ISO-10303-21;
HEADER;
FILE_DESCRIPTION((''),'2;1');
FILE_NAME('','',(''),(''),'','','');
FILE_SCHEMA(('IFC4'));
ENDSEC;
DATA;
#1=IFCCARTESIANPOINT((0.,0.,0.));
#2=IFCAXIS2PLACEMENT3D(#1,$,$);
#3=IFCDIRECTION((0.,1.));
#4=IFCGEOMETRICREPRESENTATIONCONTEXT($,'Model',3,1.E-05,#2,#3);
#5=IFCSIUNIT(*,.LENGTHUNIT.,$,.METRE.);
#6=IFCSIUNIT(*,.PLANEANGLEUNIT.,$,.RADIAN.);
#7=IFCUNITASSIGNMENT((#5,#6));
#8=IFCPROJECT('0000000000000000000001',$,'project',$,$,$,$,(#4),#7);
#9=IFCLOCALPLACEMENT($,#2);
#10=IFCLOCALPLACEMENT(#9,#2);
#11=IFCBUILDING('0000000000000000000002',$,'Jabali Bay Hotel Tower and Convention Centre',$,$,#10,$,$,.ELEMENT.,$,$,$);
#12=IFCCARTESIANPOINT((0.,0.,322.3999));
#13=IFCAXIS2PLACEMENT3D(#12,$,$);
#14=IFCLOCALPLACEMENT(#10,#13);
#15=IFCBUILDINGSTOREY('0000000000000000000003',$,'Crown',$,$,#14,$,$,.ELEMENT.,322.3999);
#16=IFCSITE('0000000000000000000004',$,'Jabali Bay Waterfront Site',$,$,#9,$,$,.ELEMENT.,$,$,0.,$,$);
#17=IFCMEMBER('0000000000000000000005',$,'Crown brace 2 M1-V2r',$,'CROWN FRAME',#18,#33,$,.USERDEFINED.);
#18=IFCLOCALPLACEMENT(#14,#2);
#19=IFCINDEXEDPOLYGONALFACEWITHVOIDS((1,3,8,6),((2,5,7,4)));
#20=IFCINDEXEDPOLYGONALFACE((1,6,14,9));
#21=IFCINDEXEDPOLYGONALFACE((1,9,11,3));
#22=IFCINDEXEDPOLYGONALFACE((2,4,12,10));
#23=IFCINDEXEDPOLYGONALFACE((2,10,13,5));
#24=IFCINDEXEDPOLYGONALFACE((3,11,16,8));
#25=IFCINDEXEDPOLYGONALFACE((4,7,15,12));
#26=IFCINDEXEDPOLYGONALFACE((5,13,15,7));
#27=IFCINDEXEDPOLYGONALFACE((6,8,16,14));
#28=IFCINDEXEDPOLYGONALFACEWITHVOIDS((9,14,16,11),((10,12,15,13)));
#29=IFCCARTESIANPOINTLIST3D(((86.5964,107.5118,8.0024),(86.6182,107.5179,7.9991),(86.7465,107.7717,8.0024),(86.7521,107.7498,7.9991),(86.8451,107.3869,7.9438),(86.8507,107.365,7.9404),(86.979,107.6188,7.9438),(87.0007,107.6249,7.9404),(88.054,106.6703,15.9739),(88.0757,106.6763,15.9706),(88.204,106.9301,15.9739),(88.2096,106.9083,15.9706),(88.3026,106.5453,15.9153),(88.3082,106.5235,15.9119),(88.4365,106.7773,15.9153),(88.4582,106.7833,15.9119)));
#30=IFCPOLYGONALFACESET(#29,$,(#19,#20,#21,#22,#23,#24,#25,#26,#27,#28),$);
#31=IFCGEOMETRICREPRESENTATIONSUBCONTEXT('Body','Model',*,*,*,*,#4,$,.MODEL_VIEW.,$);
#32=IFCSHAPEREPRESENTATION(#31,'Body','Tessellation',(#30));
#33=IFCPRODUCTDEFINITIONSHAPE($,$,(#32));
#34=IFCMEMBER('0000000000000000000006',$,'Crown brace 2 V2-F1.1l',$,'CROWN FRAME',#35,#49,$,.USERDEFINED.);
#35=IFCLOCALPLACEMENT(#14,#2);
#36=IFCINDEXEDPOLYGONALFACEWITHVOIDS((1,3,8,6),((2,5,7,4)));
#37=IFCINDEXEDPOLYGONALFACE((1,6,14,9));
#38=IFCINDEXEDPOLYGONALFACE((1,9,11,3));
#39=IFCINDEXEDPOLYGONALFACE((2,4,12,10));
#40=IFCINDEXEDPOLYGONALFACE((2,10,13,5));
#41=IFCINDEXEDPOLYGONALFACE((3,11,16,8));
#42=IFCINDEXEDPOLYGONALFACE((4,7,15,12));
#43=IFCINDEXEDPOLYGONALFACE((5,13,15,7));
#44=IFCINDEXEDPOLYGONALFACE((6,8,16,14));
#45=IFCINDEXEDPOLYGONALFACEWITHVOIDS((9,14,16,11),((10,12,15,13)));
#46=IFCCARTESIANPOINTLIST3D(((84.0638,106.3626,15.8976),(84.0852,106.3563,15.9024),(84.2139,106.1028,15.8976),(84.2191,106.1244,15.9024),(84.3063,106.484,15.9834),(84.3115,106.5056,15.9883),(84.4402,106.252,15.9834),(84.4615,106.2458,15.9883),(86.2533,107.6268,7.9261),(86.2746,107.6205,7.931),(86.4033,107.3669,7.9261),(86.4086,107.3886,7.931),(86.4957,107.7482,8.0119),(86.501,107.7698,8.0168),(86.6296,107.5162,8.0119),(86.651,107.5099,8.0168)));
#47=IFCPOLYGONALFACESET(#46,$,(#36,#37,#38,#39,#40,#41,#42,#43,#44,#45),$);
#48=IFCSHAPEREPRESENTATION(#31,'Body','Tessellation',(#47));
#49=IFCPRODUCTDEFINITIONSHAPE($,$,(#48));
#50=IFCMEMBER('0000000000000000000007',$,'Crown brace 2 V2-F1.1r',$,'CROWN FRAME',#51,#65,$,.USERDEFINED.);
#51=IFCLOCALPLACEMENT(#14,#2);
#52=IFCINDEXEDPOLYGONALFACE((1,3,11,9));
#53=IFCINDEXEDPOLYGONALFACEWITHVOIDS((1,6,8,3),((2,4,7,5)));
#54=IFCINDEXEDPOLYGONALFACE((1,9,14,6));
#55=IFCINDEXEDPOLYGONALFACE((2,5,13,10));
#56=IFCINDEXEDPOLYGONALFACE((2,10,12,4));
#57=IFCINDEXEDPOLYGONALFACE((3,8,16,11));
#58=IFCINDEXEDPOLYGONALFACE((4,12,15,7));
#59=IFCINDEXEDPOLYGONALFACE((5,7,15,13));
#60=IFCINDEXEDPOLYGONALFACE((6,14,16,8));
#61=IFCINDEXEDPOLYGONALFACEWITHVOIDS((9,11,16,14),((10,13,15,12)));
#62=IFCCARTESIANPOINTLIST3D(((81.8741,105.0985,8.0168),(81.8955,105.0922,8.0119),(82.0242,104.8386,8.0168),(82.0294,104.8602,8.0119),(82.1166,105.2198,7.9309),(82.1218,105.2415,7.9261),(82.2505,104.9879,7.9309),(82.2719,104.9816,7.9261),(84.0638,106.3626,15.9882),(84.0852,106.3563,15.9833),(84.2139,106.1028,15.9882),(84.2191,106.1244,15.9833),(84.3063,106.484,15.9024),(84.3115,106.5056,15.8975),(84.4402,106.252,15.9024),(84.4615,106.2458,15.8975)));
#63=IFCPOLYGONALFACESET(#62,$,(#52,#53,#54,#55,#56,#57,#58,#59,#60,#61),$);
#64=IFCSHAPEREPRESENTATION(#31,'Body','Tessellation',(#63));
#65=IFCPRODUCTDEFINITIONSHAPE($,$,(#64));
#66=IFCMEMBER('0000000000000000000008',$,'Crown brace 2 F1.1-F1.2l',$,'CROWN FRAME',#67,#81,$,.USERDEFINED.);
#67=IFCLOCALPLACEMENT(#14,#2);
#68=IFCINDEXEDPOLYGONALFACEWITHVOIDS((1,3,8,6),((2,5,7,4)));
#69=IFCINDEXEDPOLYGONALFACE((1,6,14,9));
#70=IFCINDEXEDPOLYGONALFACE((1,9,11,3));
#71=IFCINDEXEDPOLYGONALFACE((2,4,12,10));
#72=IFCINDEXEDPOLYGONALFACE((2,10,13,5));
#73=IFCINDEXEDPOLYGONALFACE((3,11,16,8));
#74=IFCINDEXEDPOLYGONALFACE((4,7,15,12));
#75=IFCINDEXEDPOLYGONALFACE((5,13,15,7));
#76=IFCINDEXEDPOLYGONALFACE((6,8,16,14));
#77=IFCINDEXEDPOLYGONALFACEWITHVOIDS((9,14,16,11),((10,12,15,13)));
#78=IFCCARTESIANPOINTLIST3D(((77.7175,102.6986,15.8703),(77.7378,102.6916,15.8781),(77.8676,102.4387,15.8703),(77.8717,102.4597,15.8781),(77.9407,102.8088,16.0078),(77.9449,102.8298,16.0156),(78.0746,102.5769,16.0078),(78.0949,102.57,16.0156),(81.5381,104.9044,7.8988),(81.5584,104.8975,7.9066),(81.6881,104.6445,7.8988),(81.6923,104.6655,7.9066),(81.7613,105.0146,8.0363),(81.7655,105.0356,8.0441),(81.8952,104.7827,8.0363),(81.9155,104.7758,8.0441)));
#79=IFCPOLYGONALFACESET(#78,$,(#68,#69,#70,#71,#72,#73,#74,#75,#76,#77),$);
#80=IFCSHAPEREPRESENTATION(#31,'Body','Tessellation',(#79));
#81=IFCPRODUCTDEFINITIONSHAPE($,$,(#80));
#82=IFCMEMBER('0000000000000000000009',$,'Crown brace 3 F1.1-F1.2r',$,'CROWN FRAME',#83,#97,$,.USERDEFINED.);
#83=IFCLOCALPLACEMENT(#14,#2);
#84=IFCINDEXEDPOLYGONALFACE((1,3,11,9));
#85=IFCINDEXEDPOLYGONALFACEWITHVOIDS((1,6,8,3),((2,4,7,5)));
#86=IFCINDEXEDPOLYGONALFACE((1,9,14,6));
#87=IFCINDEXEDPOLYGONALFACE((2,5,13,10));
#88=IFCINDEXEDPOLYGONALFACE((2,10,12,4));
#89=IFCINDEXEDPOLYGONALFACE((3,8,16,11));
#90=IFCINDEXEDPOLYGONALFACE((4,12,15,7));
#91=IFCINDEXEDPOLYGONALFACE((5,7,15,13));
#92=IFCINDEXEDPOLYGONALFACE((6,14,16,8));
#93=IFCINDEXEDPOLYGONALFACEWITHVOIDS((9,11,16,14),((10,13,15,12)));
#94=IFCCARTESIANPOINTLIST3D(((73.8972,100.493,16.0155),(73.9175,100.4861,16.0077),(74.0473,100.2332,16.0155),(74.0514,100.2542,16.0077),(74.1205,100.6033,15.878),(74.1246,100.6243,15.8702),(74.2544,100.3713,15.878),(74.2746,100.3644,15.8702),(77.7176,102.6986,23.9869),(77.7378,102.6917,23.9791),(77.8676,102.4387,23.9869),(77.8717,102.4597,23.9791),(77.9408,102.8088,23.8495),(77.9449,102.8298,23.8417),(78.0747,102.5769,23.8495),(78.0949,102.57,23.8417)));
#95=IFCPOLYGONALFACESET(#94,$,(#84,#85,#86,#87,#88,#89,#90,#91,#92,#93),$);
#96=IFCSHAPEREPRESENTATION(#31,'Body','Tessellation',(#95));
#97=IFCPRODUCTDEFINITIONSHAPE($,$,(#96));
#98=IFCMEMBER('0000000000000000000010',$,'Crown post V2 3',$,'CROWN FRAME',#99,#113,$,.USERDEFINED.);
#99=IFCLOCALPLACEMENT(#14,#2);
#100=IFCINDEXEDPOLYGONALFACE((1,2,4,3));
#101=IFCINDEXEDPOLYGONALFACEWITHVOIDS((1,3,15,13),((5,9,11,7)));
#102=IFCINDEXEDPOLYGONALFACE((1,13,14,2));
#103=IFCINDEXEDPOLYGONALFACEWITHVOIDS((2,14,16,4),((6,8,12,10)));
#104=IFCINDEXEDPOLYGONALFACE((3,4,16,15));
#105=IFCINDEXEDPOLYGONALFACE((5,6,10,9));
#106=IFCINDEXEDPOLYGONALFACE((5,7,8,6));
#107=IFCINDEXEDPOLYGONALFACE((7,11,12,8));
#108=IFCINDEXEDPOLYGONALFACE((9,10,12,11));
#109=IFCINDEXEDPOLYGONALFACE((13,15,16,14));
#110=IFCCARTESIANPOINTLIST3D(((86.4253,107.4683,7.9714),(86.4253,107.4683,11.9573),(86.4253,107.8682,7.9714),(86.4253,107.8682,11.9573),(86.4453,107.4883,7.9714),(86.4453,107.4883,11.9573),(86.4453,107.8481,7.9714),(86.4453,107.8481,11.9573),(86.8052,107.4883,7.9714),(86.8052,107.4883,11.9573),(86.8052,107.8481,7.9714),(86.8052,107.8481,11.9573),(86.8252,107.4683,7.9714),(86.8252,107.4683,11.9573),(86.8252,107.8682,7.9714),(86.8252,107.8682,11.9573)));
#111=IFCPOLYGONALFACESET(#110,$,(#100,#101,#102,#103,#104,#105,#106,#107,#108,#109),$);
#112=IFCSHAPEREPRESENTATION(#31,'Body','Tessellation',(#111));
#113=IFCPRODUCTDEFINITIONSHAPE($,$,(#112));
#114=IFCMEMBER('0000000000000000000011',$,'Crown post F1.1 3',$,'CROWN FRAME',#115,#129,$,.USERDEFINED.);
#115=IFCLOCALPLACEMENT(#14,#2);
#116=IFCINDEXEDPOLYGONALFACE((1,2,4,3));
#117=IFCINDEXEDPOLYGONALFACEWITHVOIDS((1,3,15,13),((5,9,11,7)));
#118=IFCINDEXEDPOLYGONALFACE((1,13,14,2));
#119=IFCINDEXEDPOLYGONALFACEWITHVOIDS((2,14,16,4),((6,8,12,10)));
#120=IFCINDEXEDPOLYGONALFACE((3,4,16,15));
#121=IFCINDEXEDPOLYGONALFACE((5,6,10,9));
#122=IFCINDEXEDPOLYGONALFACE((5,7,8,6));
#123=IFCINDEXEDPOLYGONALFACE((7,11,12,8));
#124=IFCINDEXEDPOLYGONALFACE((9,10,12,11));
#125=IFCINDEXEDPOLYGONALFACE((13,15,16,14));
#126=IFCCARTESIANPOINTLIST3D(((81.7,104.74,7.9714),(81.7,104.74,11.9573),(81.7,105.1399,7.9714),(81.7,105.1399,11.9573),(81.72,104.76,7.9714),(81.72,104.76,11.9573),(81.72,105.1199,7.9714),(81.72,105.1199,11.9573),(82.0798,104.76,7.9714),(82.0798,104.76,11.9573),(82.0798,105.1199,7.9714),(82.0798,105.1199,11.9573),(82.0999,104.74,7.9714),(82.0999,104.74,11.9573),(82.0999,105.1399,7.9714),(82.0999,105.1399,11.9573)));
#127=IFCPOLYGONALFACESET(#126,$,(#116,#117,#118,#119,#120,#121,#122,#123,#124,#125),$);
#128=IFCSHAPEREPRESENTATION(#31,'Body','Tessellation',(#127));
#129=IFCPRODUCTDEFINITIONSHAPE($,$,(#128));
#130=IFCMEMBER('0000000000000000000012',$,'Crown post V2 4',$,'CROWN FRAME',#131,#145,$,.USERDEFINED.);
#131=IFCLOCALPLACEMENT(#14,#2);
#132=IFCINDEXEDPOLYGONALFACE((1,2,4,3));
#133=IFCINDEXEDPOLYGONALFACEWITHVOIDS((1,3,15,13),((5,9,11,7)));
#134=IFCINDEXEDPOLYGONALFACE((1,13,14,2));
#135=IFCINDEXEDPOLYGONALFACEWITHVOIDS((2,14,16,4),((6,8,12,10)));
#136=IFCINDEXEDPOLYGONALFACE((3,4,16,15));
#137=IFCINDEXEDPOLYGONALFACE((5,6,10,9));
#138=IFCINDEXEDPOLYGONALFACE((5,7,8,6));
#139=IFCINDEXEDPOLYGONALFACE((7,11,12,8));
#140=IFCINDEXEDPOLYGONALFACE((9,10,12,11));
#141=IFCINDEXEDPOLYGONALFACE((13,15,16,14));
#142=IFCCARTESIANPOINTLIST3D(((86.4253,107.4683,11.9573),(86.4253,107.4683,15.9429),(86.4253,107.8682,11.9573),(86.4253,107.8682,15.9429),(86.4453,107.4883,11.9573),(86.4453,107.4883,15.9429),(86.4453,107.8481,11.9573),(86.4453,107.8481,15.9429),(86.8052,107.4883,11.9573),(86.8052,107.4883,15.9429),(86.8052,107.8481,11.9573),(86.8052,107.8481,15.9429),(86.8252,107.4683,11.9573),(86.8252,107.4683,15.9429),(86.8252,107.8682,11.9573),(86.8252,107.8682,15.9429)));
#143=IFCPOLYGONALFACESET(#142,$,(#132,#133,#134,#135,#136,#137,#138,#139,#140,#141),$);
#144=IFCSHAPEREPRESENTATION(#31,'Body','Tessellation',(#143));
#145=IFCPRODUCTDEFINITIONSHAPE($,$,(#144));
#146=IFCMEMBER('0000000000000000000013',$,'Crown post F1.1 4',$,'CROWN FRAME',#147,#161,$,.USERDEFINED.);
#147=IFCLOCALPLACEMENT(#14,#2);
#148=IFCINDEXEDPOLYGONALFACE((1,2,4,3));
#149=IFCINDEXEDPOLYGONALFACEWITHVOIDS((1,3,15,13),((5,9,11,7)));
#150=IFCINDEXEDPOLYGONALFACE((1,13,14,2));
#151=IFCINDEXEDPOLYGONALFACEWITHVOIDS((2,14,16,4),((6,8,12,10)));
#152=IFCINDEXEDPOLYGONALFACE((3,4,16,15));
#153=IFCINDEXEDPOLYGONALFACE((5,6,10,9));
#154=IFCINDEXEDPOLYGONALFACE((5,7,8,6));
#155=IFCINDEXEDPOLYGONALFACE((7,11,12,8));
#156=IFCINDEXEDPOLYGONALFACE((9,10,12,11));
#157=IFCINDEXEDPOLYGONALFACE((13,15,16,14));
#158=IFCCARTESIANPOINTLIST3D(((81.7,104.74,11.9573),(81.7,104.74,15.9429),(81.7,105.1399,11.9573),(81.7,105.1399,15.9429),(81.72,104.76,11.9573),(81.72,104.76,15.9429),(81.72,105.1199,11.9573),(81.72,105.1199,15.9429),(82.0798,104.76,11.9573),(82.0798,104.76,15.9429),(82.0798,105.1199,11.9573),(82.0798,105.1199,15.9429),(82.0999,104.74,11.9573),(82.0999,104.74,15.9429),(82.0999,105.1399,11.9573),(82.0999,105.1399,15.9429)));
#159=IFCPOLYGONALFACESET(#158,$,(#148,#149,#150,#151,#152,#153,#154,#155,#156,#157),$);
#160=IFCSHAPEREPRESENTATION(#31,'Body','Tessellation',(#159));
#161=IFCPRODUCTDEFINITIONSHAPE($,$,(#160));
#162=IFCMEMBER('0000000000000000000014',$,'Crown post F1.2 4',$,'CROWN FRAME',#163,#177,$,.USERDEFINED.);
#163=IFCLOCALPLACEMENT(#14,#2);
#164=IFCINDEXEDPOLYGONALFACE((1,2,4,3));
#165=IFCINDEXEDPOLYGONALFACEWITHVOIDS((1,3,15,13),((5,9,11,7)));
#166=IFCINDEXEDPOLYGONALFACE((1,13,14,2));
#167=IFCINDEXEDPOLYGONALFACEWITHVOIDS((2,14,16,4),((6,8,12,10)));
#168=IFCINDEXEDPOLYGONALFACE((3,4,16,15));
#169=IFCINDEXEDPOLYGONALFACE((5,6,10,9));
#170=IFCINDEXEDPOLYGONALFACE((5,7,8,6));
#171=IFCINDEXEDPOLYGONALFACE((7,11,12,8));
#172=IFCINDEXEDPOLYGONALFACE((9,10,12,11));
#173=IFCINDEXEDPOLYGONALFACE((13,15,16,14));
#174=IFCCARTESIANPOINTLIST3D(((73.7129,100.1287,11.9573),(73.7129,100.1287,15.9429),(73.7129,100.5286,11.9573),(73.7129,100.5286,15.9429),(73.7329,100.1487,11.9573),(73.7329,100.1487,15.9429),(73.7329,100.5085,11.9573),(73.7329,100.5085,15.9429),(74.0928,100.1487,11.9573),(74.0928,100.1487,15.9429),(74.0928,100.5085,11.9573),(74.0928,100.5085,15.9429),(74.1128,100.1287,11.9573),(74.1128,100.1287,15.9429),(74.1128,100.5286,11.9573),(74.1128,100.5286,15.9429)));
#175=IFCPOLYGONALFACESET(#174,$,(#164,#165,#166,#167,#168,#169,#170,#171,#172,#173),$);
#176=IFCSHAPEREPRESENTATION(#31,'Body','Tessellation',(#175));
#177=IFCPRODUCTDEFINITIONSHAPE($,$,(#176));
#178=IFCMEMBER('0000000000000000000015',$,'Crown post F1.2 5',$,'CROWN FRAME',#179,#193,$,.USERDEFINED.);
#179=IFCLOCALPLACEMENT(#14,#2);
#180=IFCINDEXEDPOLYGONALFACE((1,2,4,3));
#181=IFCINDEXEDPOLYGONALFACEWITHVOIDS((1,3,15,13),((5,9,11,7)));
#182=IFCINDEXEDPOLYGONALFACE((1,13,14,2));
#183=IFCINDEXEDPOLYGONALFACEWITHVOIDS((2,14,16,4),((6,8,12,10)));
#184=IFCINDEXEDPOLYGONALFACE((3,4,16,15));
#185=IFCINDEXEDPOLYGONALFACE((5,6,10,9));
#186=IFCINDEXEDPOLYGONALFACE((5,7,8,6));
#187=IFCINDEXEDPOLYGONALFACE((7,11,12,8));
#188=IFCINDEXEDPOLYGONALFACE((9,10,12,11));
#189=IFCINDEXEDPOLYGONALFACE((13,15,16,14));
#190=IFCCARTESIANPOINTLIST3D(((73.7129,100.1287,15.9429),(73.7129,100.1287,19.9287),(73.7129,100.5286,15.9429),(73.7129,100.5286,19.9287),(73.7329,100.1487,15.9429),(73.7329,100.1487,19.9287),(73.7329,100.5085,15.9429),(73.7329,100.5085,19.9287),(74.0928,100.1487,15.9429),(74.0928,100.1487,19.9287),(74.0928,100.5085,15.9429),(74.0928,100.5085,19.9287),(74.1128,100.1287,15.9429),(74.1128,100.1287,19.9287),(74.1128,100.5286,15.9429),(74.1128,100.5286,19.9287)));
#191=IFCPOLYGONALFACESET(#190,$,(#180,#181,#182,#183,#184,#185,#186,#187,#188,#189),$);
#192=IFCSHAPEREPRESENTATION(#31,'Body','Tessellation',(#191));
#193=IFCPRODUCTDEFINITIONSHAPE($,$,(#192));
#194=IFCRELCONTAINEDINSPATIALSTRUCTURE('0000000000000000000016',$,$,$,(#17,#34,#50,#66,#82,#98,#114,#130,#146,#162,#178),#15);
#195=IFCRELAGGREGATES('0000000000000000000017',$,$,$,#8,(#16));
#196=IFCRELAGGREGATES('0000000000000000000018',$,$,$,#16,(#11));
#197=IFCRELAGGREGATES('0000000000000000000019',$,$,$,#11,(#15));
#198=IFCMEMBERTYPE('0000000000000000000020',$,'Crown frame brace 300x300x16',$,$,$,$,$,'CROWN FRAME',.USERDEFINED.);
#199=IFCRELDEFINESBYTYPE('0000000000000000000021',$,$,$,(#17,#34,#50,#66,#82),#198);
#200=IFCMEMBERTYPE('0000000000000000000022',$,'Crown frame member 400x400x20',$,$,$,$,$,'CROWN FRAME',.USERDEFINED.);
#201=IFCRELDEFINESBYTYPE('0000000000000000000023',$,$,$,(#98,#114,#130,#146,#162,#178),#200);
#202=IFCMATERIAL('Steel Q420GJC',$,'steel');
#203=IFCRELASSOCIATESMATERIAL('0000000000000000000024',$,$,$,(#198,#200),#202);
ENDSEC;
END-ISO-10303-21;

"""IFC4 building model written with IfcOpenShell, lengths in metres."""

from ifc_helpers import new_model, si_unit, direction, frame, origin, origin_2d, place, context, subcontext, project, spatial, hollow_rectangle, extrude, material, material_profile, profile_set, type_object, element, save


model = new_model("IFC4")

# Units and contexts
model_context = context("Model", 3, precision=1e-05, world=origin(), true_north=direction((0.0, 1.0)))
body_context = subcontext(model_context, "Body", "Model", "MODEL_VIEW")
ifc_project = project(units=[si_unit("LENGTHUNIT", "METRE"), si_unit("PLANEANGLEUNIT", "RADIAN")], contexts=[model_context])

# Site, building, storey
site_placement = place(None, origin())
site = spatial("IfcSite", under=ifc_project, at=site_placement, Name="Jabali Bay Waterfront Site", CompositionType="ELEMENT", RefElevation=0.0)
building_placement = place(site_placement, origin())
building = spatial("IfcBuilding", under=site, at=building_placement, Name="Jabali Bay Hotel Tower and Convention Centre", CompositionType="ELEMENT")
storey_placement = place(building_placement, frame((0.0, 0.0, 322.3999)))
storey = spatial("IfcBuildingStorey", under=building, at=storey_placement, Name="Crown", CompositionType="ELEMENT", Elevation=322.3999)

# Members
ifc_material_1 = material(Name="Steel Q420GJC", Category="steel")
ifc_material_profile_1 = material_profile(ifc_material_1, hollow_rectangle(XDim=0.3, YDim=0.3, WallThickness=0.0161, at=origin_2d()), Name="Crown frame brace 300x300x16")
ifc_profile_set_1 = profile_set([ifc_material_profile_1], Name="Steel Q420GJC")
member_type_1 = type_object("IfcMemberType", Name="Crown frame brace 300x300x16", ElementType="CROWN FRAME", PredefinedType="USERDEFINED", material=ifc_profile_set_1)
member_1_placement = place(storey_placement, frame((86.7986, 107.5684, 7.9714), z_axis=(0.178899, -0.103294, 0.97843), x_axis=(0.500024, 0.866012, 0.0)))
element("IfcMember", 1, at=member_1_placement, inside=storey, type_object=member_type_1, Name="Crown brace 2 M1-V2r", ObjectType="CROWN FRAME", PredefinedType="USERDEFINED", context=body_context, shape_type="SweptSolid", body=[
    extrude(hollow_rectangle(XDim=0.3, YDim=0.3, WallThickness=0.0161, at=origin_2d()), origin(), (0.0, 0.0, 1.0), 8.1472),
])
for number, where, z_axis, x_axis, name in (
    (2, (86.4521, 107.5684, 7.9714), (-0.26181, -0.151166, 0.953207), (0.500023, -0.866012, 0.0), "Crown brace 2 V2-F1.1l"),
    (3, (82.073, 105.04, 7.9714), (0.261837, 0.151164, 0.9532), (-0.499982, 0.866036, 0.0), "Crown brace 2 V2-F1.1r"),
):
    element("IfcMember", number, at=place(storey_placement, frame(where, z_axis=z_axis, x_axis=x_axis)), inside=storey, type_object=member_type_1, Name=name, ObjectType="CROWN FRAME", PredefinedType="USERDEFINED", context=body_context, shape_type="SweptSolid", body=[
        extrude(hollow_rectangle(XDim=0.3, YDim=0.3, WallThickness=0.0161, at=origin_2d()), origin(), (0.0, 0.0, 1.0), 8.3628),
    ])
member_2_placement = place(storey_placement, frame((81.7268, 104.8401, 7.9714), z_axis=(-0.419345, -0.24211, 0.874947), x_axis=(0.500002, -0.866024, 0.0)))
element("IfcMember", 4, at=member_2_placement, inside=storey, type_object=member_type_1, Name="Crown brace 2 F1.1-F1.2l", ObjectType="CROWN FRAME", PredefinedType="USERDEFINED", context=body_context, shape_type="SweptSolid", body=[
    extrude(hollow_rectangle(XDim=0.3, YDim=0.3, WallThickness=0.0161, at=origin_2d()), origin(), (0.0, 0.0, 1.0), 9.1108),
])
member_3_placement = place(storey_placement, frame((74.0859, 100.4287, 15.9429), z_axis=(0.419326, 0.242088, 0.874962), x_axis=(-0.499984, 0.866034, 0.0)))
element("IfcMember", 5, at=member_3_placement, inside=storey, type_object=member_type_1, Name="Crown brace 3 F1.1-F1.2r", ObjectType="CROWN FRAME", PredefinedType="USERDEFINED", context=body_context, shape_type="SweptSolid", body=[
    extrude(hollow_rectangle(XDim=0.3, YDim=0.3, WallThickness=0.0161, at=origin_2d()), origin(), (0.0, 0.0, 1.0), 9.1106),
])
ifc_material_profile_2 = material_profile(ifc_material_1, hollow_rectangle(XDim=0.3999, YDim=0.3999, WallThickness=0.02, at=origin_2d()), Name="Crown frame member 400x400x20")
ifc_profile_set_2 = profile_set([ifc_material_profile_2], Name="Steel Q420GJC")
member_type_2 = type_object("IfcMemberType", Name="Crown frame member 400x400x20", ElementType="CROWN FRAME", PredefinedType="USERDEFINED", material=ifc_profile_set_2)
for number, where, z_axis, x_axis, name in (
    (6, (86.6252, 107.6682, 7.9714), (0.0, 0.0, 1.0), (1.0, 0.0, 0.0), "Crown post V2 3"),
    (7, (81.8999, 104.9399, 7.9714), (0.0, 0.0, 1.0), (1.0, 0.0, 0.0), "Crown post F1.1 3"),
):
    element("IfcMember", number, at=place(storey_placement, frame(where, z_axis=z_axis, x_axis=x_axis)), inside=storey, type_object=member_type_2, Name=name, ObjectType="CROWN FRAME", PredefinedType="USERDEFINED", context=body_context, shape_type="SweptSolid", body=[
        extrude(hollow_rectangle(XDim=0.3999, YDim=0.3999, WallThickness=0.02, at=origin_2d()), origin(), (0.0, 0.0, 1.0), 3.9858),
    ])
for number, where, z_axis, x_axis, name in (
    (8, (86.6252, 107.6682, 11.9573), (0.0, 0.0, 1.0), (1.0, 0.0, 0.0), "Crown post V2 4"),
    (9, (81.8999, 104.9399, 11.9573), (0.0, 0.0, 1.0), (1.0, 0.0, 0.0), "Crown post F1.1 4"),
    (10, (73.9128, 100.3286, 11.9573), (0.0, 0.0, 1.0), (1.0, 0.0, 0.0), "Crown post F1.2 4"),
):
    element("IfcMember", number, at=place(storey_placement, frame(where, z_axis=z_axis, x_axis=x_axis)), inside=storey, type_object=member_type_2, Name=name, ObjectType="CROWN FRAME", PredefinedType="USERDEFINED", context=body_context, shape_type="SweptSolid", body=[
        extrude(hollow_rectangle(XDim=0.3999, YDim=0.3999, WallThickness=0.02, at=origin_2d()), origin(), (0.0, 0.0, 1.0), 3.9856),
    ])
member_4_placement = place(storey_placement, frame((73.9128, 100.3286, 15.9429), z_axis=(0.0, 0.0, 1.0), x_axis=(1.0, 0.0, 0.0)))
element("IfcMember", 11, at=member_4_placement, inside=storey, type_object=member_type_2, Name="Crown post F1.2 5", ObjectType="CROWN FRAME", PredefinedType="USERDEFINED", context=body_context, shape_type="SweptSolid", body=[
    extrude(hollow_rectangle(XDim=0.3999, YDim=0.3999, WallThickness=0.02, at=origin_2d()), origin(), (0.0, 0.0, 1.0), 3.9858),
])

save(model, "model.ifc")
